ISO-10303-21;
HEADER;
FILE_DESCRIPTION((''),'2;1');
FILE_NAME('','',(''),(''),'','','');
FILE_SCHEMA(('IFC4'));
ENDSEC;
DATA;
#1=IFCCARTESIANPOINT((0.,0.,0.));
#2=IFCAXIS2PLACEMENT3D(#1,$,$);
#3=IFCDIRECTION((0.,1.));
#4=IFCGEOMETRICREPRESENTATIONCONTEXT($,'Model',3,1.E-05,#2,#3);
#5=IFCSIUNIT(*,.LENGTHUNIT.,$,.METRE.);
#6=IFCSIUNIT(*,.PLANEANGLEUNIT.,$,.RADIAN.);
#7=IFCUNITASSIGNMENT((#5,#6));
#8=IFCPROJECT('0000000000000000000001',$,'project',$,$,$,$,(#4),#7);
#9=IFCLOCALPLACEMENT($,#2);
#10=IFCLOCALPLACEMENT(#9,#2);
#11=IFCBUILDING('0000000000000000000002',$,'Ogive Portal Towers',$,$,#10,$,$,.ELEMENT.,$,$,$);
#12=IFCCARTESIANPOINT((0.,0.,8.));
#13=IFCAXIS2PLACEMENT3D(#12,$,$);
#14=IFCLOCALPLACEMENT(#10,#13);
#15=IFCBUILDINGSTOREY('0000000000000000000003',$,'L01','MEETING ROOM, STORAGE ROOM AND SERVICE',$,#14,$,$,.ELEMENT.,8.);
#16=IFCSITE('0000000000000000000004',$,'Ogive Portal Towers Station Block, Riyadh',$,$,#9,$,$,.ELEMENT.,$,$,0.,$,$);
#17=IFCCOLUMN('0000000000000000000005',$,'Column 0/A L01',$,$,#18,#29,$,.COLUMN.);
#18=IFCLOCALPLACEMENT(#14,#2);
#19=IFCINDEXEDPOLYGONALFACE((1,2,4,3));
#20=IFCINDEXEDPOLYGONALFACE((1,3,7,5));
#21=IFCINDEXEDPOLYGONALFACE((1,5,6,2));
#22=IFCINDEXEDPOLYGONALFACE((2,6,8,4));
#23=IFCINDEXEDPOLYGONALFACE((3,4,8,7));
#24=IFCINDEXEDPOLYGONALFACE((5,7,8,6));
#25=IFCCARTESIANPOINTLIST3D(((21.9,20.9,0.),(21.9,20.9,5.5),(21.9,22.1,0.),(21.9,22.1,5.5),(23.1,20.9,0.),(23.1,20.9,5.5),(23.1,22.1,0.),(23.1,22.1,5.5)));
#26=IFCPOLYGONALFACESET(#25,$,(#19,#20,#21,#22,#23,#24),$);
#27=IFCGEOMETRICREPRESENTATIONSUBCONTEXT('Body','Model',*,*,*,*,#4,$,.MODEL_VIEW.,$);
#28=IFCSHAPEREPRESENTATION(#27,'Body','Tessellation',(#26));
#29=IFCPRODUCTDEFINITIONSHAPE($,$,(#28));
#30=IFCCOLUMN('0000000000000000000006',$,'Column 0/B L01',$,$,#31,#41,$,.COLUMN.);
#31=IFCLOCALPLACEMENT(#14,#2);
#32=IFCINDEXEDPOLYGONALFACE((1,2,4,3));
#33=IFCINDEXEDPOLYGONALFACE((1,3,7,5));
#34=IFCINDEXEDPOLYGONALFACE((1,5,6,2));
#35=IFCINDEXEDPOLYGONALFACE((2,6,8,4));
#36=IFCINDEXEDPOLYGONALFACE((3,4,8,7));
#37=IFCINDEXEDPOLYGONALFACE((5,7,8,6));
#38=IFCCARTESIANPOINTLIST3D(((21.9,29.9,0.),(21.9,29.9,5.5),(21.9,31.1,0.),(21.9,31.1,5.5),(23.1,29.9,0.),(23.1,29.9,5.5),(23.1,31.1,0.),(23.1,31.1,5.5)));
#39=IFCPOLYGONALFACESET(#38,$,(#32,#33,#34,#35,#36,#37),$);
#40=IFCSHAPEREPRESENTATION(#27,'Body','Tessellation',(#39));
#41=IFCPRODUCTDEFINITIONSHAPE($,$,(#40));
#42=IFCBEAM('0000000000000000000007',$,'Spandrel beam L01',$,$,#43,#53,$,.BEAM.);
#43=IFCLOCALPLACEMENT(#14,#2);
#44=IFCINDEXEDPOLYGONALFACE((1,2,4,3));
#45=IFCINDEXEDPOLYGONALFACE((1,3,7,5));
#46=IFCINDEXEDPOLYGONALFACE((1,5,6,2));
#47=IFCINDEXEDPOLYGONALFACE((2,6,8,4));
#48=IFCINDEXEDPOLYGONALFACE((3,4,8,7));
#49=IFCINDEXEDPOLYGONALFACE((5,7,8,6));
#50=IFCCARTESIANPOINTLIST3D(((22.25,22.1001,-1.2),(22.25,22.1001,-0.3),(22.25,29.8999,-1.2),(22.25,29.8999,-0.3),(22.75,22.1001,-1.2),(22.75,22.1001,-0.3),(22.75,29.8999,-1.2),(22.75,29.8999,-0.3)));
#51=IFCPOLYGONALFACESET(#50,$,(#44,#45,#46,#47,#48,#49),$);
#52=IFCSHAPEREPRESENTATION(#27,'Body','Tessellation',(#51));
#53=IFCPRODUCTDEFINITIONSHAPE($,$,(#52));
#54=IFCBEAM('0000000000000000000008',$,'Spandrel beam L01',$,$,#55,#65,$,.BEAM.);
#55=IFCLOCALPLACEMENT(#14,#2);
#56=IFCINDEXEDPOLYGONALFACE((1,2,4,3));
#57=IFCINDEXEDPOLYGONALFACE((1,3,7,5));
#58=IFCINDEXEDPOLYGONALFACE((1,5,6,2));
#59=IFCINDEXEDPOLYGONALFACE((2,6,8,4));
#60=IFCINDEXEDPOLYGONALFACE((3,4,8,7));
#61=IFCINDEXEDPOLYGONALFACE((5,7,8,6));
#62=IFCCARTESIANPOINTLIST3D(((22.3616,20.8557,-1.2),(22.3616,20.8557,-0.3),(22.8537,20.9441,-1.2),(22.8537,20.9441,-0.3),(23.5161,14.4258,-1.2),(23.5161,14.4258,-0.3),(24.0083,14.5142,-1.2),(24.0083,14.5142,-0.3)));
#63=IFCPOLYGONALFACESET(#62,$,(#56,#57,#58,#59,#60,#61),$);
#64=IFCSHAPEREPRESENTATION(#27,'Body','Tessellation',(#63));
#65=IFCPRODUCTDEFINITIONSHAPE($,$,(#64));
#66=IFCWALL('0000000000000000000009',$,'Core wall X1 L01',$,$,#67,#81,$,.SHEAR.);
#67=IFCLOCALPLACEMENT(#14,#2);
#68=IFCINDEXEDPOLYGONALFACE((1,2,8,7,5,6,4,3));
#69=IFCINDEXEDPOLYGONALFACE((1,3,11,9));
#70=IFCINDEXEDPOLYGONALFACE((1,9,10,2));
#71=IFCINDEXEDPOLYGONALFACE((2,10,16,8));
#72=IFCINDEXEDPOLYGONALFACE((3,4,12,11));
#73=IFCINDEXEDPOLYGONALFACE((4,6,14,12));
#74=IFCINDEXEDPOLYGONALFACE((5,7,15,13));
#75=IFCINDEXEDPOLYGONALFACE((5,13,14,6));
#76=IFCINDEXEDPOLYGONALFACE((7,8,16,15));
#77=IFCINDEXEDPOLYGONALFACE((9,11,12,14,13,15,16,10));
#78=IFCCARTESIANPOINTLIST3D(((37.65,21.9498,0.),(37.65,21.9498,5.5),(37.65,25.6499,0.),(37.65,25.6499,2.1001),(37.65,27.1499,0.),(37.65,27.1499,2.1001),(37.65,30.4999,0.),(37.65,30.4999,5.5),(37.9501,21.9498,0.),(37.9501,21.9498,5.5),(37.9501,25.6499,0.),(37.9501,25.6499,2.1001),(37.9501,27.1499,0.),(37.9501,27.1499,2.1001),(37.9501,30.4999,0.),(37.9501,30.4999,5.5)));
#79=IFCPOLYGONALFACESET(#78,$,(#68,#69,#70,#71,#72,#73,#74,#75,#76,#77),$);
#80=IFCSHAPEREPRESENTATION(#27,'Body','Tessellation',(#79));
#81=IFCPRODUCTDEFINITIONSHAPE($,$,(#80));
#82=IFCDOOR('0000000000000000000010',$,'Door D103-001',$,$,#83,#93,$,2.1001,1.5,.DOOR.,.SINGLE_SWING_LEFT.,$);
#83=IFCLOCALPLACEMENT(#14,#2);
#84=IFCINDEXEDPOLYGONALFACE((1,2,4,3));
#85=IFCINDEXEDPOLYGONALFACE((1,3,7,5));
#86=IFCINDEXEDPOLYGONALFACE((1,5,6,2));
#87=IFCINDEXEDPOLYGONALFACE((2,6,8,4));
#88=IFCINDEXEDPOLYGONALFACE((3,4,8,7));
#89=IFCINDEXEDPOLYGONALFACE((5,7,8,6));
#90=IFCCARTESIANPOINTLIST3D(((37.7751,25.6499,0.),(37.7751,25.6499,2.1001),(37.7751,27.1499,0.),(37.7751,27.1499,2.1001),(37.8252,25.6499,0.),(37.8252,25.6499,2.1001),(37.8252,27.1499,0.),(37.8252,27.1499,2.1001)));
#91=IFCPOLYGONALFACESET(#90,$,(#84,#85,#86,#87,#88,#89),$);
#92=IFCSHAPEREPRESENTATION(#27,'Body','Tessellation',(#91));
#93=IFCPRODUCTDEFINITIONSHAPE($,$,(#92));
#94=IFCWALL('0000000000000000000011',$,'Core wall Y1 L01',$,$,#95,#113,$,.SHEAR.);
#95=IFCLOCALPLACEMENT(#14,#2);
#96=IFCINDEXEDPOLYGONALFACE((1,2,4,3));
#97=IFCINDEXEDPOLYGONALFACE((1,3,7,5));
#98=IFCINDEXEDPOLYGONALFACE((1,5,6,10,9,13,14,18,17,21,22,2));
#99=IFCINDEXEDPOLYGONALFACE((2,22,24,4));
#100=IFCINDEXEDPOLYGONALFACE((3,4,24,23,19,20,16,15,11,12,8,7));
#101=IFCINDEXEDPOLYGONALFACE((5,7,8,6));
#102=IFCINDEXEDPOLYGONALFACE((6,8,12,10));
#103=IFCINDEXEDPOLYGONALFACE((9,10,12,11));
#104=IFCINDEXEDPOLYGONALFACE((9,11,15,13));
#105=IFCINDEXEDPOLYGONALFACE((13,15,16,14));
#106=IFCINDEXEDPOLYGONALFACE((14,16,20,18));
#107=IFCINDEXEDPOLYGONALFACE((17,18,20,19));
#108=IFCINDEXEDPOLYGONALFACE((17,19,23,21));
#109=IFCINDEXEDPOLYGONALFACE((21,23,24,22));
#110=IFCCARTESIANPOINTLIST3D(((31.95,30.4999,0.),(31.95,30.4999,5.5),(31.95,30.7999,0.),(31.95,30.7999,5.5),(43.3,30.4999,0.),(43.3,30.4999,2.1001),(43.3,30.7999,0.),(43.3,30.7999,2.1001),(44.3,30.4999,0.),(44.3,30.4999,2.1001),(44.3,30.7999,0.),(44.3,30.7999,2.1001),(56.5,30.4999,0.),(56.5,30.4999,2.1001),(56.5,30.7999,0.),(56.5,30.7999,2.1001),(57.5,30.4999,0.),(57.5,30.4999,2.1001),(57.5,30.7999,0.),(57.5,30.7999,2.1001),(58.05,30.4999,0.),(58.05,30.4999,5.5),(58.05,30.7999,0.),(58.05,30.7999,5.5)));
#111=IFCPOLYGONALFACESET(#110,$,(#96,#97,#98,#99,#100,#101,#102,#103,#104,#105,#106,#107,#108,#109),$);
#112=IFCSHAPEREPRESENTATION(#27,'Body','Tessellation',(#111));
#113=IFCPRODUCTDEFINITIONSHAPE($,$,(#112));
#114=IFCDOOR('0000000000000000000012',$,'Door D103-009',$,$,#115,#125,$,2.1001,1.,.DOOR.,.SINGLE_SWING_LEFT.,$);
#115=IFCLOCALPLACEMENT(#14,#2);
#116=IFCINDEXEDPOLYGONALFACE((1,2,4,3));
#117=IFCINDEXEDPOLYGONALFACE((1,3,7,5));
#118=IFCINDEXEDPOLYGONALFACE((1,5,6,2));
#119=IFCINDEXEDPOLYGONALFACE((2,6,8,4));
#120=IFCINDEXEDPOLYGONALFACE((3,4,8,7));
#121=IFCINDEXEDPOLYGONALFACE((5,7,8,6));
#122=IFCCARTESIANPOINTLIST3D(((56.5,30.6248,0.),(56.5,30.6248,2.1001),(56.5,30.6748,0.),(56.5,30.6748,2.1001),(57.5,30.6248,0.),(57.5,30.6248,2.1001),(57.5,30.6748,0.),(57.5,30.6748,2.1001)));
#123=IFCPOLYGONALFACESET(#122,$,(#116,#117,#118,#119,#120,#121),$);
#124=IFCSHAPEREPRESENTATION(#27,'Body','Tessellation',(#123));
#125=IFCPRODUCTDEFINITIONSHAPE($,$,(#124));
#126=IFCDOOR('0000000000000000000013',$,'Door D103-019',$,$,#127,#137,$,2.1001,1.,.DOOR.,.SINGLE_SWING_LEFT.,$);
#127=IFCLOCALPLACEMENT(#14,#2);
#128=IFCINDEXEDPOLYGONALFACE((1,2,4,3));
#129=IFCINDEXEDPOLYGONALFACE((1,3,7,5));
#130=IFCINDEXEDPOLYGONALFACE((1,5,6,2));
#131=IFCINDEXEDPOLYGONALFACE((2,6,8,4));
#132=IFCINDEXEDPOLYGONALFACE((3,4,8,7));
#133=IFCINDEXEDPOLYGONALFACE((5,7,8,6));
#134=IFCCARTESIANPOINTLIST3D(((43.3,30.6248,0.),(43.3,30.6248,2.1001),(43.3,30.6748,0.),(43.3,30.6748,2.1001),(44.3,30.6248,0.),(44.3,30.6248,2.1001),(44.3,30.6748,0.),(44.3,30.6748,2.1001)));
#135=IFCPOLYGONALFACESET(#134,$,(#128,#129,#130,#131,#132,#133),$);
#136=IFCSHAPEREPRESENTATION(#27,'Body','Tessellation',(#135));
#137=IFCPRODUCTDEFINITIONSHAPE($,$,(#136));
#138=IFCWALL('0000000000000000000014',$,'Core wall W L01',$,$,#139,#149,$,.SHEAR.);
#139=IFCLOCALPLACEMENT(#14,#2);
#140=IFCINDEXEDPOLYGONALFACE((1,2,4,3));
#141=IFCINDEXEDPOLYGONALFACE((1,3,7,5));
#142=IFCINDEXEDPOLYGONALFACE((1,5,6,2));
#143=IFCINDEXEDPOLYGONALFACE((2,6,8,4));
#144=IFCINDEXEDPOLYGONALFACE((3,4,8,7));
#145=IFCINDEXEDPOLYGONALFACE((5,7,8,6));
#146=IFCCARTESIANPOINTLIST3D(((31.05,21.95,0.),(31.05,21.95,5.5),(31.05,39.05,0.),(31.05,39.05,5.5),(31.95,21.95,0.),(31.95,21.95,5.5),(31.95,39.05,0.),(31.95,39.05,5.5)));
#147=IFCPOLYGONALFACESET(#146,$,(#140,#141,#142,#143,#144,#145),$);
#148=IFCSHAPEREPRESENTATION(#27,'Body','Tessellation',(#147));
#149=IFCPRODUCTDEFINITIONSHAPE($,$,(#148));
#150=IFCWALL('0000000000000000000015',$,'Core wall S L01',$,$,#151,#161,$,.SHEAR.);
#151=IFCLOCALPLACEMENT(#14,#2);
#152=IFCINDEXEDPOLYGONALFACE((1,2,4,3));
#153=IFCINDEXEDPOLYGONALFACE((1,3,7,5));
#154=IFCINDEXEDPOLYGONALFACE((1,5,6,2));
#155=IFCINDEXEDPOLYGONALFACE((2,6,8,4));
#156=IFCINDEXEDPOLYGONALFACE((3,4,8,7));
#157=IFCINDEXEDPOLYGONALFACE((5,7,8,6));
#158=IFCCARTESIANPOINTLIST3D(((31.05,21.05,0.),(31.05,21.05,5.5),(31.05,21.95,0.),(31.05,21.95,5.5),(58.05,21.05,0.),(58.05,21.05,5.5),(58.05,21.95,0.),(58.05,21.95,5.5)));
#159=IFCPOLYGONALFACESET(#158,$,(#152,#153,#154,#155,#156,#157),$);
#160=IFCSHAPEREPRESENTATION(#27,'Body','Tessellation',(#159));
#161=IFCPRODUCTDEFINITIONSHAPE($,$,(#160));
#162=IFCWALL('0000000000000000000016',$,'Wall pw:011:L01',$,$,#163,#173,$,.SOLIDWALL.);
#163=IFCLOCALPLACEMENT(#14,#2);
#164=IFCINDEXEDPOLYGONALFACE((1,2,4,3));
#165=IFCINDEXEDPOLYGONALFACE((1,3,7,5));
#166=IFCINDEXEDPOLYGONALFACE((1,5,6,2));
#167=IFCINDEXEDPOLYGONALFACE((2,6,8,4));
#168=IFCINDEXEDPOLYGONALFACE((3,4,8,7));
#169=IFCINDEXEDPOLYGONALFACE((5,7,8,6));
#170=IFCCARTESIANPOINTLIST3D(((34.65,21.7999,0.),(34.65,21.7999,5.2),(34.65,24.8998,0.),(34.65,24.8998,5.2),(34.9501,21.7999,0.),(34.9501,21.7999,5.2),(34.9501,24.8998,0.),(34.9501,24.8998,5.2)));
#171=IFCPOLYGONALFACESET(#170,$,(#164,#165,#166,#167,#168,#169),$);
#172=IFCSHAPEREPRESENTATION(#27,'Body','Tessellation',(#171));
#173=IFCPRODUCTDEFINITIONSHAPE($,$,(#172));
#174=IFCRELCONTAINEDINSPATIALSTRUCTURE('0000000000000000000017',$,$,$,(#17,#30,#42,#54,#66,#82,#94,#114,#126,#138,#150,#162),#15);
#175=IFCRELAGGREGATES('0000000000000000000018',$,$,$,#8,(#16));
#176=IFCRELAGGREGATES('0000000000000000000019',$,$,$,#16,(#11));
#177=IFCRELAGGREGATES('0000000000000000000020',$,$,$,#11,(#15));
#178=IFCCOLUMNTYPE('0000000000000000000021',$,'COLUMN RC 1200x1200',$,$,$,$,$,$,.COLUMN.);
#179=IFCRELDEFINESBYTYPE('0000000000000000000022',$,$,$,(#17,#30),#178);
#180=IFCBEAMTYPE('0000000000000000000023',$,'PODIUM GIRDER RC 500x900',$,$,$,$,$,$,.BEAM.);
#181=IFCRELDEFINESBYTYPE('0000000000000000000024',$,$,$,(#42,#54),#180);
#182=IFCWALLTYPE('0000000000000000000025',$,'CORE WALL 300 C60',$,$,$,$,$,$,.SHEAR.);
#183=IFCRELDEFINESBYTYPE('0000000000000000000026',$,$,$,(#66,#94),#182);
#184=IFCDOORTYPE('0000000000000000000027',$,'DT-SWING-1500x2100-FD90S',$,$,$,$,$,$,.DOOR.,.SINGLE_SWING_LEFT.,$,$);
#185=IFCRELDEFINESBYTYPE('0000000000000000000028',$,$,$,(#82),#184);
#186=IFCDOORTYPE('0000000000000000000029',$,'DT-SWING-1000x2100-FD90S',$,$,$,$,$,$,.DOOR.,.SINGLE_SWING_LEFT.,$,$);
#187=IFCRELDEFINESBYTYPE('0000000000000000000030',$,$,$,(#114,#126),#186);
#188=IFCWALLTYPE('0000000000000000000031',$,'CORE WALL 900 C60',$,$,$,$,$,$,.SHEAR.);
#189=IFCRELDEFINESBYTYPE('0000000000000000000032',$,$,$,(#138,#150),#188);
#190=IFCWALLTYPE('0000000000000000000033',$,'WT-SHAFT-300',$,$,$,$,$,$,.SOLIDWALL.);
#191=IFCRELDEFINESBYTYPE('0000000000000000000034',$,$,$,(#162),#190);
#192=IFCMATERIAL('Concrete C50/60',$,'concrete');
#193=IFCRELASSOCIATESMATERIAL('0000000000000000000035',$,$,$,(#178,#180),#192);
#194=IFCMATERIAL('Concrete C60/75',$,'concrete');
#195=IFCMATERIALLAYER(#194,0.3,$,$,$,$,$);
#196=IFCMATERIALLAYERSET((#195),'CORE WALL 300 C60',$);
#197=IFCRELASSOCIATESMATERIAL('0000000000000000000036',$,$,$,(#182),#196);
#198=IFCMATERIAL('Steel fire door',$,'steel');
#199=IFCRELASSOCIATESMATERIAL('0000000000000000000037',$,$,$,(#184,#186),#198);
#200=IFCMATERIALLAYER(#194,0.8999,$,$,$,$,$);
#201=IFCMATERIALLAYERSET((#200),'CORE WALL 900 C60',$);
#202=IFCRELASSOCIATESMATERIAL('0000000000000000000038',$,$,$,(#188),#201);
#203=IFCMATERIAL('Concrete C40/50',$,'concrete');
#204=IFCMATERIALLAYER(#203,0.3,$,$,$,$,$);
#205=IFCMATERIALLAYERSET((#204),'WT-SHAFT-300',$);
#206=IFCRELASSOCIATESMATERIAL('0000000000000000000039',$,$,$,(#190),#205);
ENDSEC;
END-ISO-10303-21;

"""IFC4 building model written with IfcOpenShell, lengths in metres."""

from ifc_helpers import new_model, si_unit, direction, frame, frame_2d, origin, origin_2d, place, context, subcontext, project, spatial, rectangle, extrude, material, layer, layer_set, material_profile, profile_set, type_object, element, fill, save


model = new_model("IFC4")

# Units and contexts
model_context = context("Model", 3, precision=1e-05, world=origin(), true_north=direction((0.0, 1.0)))
body_context = subcontext(model_context, "Body", "Model", "MODEL_VIEW")
ifc_project = project(units=[si_unit("LENGTHUNIT", "METRE"), si_unit("PLANEANGLEUNIT", "RADIAN")], contexts=[model_context])

# Site, building, storey
site_placement = place(None, origin())
site = spatial("IfcSite", under=ifc_project, at=site_placement, Name="Ogive Portal Towers Station Block, Riyadh", CompositionType="ELEMENT", RefElevation=0.0)
building_placement = place(site_placement, origin())
building = spatial("IfcBuilding", under=site, at=building_placement, Name="Ogive Portal Towers", CompositionType="ELEMENT")
storey_placement = place(building_placement, frame((0.0, 0.0, 8.0)))
storey = spatial("IfcBuildingStorey", under=building, at=storey_placement, Name="L01", Description="MEETING ROOM, STORAGE ROOM AND SERVICE", CompositionType="ELEMENT", Elevation=8.0)

# Columns
ifc_material_1 = material(Name="Concrete C50/60", Category="concrete")
ifc_material_profile_1 = material_profile(ifc_material_1, rectangle(XDim=1.2, YDim=1.2, at=origin_2d()), Name="RC 1200x1200")
ifc_profile_set_1 = profile_set([ifc_material_profile_1], Name="Concrete C50/60")
column_type = type_object("IfcColumnType", Name="COLUMN RC 1200x1200", PredefinedType="COLUMN", material=ifc_profile_set_1)
for number, where, z_axis, x_axis, name in (
    (1, (22.5, 21.5, 0.0), (0.0, 0.0, 1.0), (1.0, 0.0, 0.0), "Column 0/A L01"),
    (2, (22.5, 30.5, 0.0), (0.0, 0.0, 1.0), (1.0, 0.0, 0.0), "Column 0/B L01"),
):
    element("IfcColumn", number, at=place(storey_placement, frame(where, z_axis=z_axis, x_axis=x_axis)), inside=storey, type_object=column_type, Name=name, PredefinedType="COLUMN", context=body_context, shape_type="SweptSolid", body=[
        extrude(rectangle(XDim=1.2, YDim=1.2, at=origin_2d()), origin(), (0.0, 0.0, 1.0), 5.5),
    ])

# Beams
ifc_material_profile_2 = material_profile(ifc_material_1, rectangle(XDim=0.5, YDim=0.8999, at=origin_2d()), Name="RC 500x900")
ifc_profile_set_2 = profile_set([ifc_material_profile_2], Name="Concrete C50/60")
beam_type = type_object("IfcBeamType", Name="PODIUM GIRDER RC 500x900", PredefinedType="BEAM", material=ifc_profile_set_2)
beam_1_placement = place(storey_placement, frame((22.5, 29.8999, -0.75), z_axis=(0.0, -1.0, 0.0), x_axis=(1.0, 0.0, 0.0)))
element("IfcBeam", 3, at=beam_1_placement, inside=storey, type_object=beam_type, Name="Spandrel beam L01", PredefinedType="BEAM", context=body_context, shape_type="SweptSolid", body=[
    extrude(rectangle(XDim=0.5, YDim=0.8999, at=origin_2d()), origin(), (0.0, 0.0, 1.0), 7.7998),
])
beam_2_placement = place(storey_placement, frame((22.6077, 20.8999, -0.75), z_axis=(0.176731, -0.984259, 0.0), x_axis=(0.984259, 0.176731, 0.0)))
element("IfcBeam", 4, at=beam_2_placement, inside=storey, type_object=beam_type, Name="Spandrel beam L01", PredefinedType="BEAM", context=body_context, shape_type="SweptSolid", body=[
    extrude(rectangle(XDim=0.5, YDim=0.8999, at=origin_2d()), origin(), (0.0, 0.0, 1.0), 6.5327),
])

# Wall, opening, door
ifc_material_2 = material(Name="Concrete C60/75", Category="concrete")
ifc_layer_1 = layer(ifc_material_2, 0.3)
ifc_layer_set_1 = layer_set([ifc_layer_1], Name="CORE WALL 300 C60")
wall_type_1 = type_object("IfcWallType", Name="CORE WALL 300 C60", PredefinedType="SHEAR", material=ifc_layer_set_1)
wall_1_placement = place(storey_placement, frame((37.8, 21.95, 0.0), z_axis=(0.0, 0.0, 1.0), x_axis=(0.0, 1.0, 0.0)))
wall_1 = element("IfcWall", 5, at=wall_1_placement, inside=storey, type_object=wall_type_1, Name="Core wall X1 L01", PredefinedType="SHEAR", context=body_context, shape_type="SweptSolid", body=[
    extrude(rectangle(XDim=8.55, YDim=0.3, at=frame_2d((4.2749, 0.0))), origin(), (0.0, 0.0, 1.0), 5.5),
])
opening_1_placement = place(wall_1_placement, frame((3.7, 0.0, 0.0)))
opening_1 = element("IfcOpeningElement", 6, at=opening_1_placement, cuts=wall_1, PredefinedType="OPENING", context=body_context, shape_type="SweptSolid", body=[
    extrude(rectangle(XDim=1.5, YDim=2.1001, at=frame_2d((0.75, 1.05))), frame((0.0, 0.1602, 0.0), z_axis=(0.0, -1.0, 0.0), x_axis=(1.0, 0.0, 0.0)), (0.0, 0.0, 1.0), 0.3201),
])
ifc_material_3 = material(Name="Steel fire door", Category="steel")
door_type_1 = type_object("IfcDoorType", Name="DT-SWING-1500x2100-FD90S", OperationType="SINGLE_SWING_LEFT", PredefinedType="DOOR", material=ifc_material_3)
door_1_placement = place(opening_1_placement, origin())
door_1 = element("IfcDoor", 7, at=door_1_placement, inside=storey, type_object=door_type_1, Name="Door D103-001", OperationType="SINGLE_SWING_LEFT", OverallHeight=2.1001, OverallWidth=1.5, PredefinedType="DOOR", context=body_context, shape_type="SweptSolid", body=[
    extrude(rectangle(XDim=1.5, YDim=2.1001, at=frame_2d((0.75, 1.05))), frame((0.0, 0.0249, 0.0), z_axis=(0.0, -1.0, 0.0), x_axis=(1.0, 0.0, 0.0)), (0.0, 0.0, 1.0), 0.05),
])
fill(opening_1, door_1)

# Wall, openings, doors
wall_2_placement = place(storey_placement, frame((31.95, 30.6499, 0.0), z_axis=(0.0, 0.0, 1.0), x_axis=(1.0, 0.0, 0.0)))
wall_2 = element("IfcWall", 8, at=wall_2_placement, inside=storey, type_object=wall_type_1, Name="Core wall Y1 L01", PredefinedType="SHEAR", context=body_context, shape_type="SweptSolid", body=[
    extrude(rectangle(XDim=26.1001, YDim=0.3, at=frame_2d((13.05, 0.0))), origin(), (0.0, 0.0, 1.0), 5.5),
])
opening_2_placement = place(wall_2_placement, frame((24.55, 0.0, 0.0)))
opening_2 = element("IfcOpeningElement", 9, at=opening_2_placement, cuts=wall_2, PredefinedType="OPENING", context=body_context, shape_type="SweptSolid", body=[
    extrude(rectangle(XDim=1.0, YDim=2.1001, at=frame_2d((0.5, 1.05))), frame((0.0, 0.1602, 0.0), z_axis=(0.0, -1.0, 0.0), x_axis=(1.0, 0.0, 0.0)), (0.0, 0.0, 1.0), 0.3201),
])
opening_3_placement = place(wall_2_placement, frame((11.3501, 0.0, 0.0)))
opening_3 = element("IfcOpeningElement", 10, at=opening_3_placement, cuts=wall_2, PredefinedType="OPENING", context=body_context, shape_type="SweptSolid", body=[
    extrude(rectangle(XDim=1.0, YDim=2.1001, at=frame_2d((0.5, 1.05))), frame((0.0, 0.1602, 0.0), z_axis=(0.0, -1.0, 0.0), x_axis=(1.0, 0.0, 0.0)), (0.0, 0.0, 1.0), 0.3201),
])
door_type_2 = type_object("IfcDoorType", Name="DT-SWING-1000x2100-FD90S", OperationType="SINGLE_SWING_LEFT", PredefinedType="DOOR", material=ifc_material_3)
door_2_placement = place(opening_2_placement, origin())
door_2 = element("IfcDoor", 11, at=door_2_placement, inside=storey, type_object=door_type_2, Name="Door D103-009", OperationType="SINGLE_SWING_LEFT", OverallHeight=2.1001, OverallWidth=1.0, PredefinedType="DOOR", context=body_context, shape_type="SweptSolid", body=[
    extrude(rectangle(XDim=1.0, YDim=2.1001, at=frame_2d((0.5, 1.05))), frame((0.0, 0.0249, 0.0), z_axis=(0.0, -1.0, 0.0), x_axis=(1.0, 0.0, 0.0)), (0.0, 0.0, 1.0), 0.05),
])
fill(opening_2, door_2)
door_3_placement = place(opening_3_placement, origin())
door_3 = element("IfcDoor", 12, at=door_3_placement, inside=storey, type_object=door_type_2, Name="Door D103-019", OperationType="SINGLE_SWING_LEFT", OverallHeight=2.1001, OverallWidth=1.0, PredefinedType="DOOR", context=body_context, shape_type="SweptSolid", body=[
    extrude(rectangle(XDim=1.0, YDim=2.1001, at=frame_2d((0.5, 1.05))), frame((0.0, 0.0249, 0.0), z_axis=(0.0, -1.0, 0.0), x_axis=(1.0, 0.0, 0.0)), (0.0, 0.0, 1.0), 0.05),
])
fill(opening_3, door_3)

# Walls
ifc_layer_2 = layer(ifc_material_2, 0.8999)
ifc_layer_set_2 = layer_set([ifc_layer_2], Name="CORE WALL 900 C60")
wall_type_2 = type_object("IfcWallType", Name="CORE WALL 900 C60", PredefinedType="SHEAR", material=ifc_layer_set_2)
wall_3_placement = place(storey_placement, frame((31.5, 21.95, 0.0), z_axis=(0.0, 0.0, 1.0), x_axis=(0.0, 1.0, 0.0)))
element("IfcWall", 13, at=wall_3_placement, inside=storey, type_object=wall_type_2, Name="Core wall W L01", PredefinedType="SHEAR", context=body_context, shape_type="SweptSolid", body=[
    extrude(rectangle(XDim=17.1001, YDim=0.8999, at=frame_2d((8.55, 0.0))), origin(), (0.0, 0.0, 1.0), 5.5),
])
wall_4_placement = place(storey_placement, frame((31.05, 21.5, 0.0), z_axis=(0.0, 0.0, 1.0), x_axis=(1.0, 0.0, 0.0)))
element("IfcWall", 14, at=wall_4_placement, inside=storey, type_object=wall_type_2, Name="Core wall S L01", PredefinedType="SHEAR", context=body_context, shape_type="SweptSolid", body=[
    extrude(rectangle(XDim=27.0, YDim=0.8999, at=frame_2d((13.5, 0.0))), origin(), (0.0, 0.0, 1.0), 5.5),
])

# Shared definitions
ifc_material_4 = material(Name="Concrete C40/50", Category="concrete")
ifc_layer_3 = layer(ifc_material_4, 0.3)
ifc_layer_set_3 = layer_set([ifc_layer_3], Name="WT-SHAFT-300")
wall_type_3 = type_object("IfcWallType", Name="WT-SHAFT-300", PredefinedType="SOLIDWALL", material=ifc_layer_set_3)

# Wall
wall_5_placement = place(storey_placement, frame((34.8, 21.8, 0.0), z_axis=(0.0, 0.0, 1.0), x_axis=(0.0, 1.0, 0.0)))
element("IfcWall", 15, at=wall_5_placement, inside=storey, type_object=wall_type_3, Name="Wall pw:011:L01", PredefinedType="SOLIDWALL", context=body_context, shape_type="SweptSolid", body=[
    extrude(rectangle(XDim=3.0999, YDim=0.3, at=frame_2d((1.5498, 0.0))), origin(), (0.0, 0.0, 1.0), 5.2),
])

save(model, "model.ifc")
